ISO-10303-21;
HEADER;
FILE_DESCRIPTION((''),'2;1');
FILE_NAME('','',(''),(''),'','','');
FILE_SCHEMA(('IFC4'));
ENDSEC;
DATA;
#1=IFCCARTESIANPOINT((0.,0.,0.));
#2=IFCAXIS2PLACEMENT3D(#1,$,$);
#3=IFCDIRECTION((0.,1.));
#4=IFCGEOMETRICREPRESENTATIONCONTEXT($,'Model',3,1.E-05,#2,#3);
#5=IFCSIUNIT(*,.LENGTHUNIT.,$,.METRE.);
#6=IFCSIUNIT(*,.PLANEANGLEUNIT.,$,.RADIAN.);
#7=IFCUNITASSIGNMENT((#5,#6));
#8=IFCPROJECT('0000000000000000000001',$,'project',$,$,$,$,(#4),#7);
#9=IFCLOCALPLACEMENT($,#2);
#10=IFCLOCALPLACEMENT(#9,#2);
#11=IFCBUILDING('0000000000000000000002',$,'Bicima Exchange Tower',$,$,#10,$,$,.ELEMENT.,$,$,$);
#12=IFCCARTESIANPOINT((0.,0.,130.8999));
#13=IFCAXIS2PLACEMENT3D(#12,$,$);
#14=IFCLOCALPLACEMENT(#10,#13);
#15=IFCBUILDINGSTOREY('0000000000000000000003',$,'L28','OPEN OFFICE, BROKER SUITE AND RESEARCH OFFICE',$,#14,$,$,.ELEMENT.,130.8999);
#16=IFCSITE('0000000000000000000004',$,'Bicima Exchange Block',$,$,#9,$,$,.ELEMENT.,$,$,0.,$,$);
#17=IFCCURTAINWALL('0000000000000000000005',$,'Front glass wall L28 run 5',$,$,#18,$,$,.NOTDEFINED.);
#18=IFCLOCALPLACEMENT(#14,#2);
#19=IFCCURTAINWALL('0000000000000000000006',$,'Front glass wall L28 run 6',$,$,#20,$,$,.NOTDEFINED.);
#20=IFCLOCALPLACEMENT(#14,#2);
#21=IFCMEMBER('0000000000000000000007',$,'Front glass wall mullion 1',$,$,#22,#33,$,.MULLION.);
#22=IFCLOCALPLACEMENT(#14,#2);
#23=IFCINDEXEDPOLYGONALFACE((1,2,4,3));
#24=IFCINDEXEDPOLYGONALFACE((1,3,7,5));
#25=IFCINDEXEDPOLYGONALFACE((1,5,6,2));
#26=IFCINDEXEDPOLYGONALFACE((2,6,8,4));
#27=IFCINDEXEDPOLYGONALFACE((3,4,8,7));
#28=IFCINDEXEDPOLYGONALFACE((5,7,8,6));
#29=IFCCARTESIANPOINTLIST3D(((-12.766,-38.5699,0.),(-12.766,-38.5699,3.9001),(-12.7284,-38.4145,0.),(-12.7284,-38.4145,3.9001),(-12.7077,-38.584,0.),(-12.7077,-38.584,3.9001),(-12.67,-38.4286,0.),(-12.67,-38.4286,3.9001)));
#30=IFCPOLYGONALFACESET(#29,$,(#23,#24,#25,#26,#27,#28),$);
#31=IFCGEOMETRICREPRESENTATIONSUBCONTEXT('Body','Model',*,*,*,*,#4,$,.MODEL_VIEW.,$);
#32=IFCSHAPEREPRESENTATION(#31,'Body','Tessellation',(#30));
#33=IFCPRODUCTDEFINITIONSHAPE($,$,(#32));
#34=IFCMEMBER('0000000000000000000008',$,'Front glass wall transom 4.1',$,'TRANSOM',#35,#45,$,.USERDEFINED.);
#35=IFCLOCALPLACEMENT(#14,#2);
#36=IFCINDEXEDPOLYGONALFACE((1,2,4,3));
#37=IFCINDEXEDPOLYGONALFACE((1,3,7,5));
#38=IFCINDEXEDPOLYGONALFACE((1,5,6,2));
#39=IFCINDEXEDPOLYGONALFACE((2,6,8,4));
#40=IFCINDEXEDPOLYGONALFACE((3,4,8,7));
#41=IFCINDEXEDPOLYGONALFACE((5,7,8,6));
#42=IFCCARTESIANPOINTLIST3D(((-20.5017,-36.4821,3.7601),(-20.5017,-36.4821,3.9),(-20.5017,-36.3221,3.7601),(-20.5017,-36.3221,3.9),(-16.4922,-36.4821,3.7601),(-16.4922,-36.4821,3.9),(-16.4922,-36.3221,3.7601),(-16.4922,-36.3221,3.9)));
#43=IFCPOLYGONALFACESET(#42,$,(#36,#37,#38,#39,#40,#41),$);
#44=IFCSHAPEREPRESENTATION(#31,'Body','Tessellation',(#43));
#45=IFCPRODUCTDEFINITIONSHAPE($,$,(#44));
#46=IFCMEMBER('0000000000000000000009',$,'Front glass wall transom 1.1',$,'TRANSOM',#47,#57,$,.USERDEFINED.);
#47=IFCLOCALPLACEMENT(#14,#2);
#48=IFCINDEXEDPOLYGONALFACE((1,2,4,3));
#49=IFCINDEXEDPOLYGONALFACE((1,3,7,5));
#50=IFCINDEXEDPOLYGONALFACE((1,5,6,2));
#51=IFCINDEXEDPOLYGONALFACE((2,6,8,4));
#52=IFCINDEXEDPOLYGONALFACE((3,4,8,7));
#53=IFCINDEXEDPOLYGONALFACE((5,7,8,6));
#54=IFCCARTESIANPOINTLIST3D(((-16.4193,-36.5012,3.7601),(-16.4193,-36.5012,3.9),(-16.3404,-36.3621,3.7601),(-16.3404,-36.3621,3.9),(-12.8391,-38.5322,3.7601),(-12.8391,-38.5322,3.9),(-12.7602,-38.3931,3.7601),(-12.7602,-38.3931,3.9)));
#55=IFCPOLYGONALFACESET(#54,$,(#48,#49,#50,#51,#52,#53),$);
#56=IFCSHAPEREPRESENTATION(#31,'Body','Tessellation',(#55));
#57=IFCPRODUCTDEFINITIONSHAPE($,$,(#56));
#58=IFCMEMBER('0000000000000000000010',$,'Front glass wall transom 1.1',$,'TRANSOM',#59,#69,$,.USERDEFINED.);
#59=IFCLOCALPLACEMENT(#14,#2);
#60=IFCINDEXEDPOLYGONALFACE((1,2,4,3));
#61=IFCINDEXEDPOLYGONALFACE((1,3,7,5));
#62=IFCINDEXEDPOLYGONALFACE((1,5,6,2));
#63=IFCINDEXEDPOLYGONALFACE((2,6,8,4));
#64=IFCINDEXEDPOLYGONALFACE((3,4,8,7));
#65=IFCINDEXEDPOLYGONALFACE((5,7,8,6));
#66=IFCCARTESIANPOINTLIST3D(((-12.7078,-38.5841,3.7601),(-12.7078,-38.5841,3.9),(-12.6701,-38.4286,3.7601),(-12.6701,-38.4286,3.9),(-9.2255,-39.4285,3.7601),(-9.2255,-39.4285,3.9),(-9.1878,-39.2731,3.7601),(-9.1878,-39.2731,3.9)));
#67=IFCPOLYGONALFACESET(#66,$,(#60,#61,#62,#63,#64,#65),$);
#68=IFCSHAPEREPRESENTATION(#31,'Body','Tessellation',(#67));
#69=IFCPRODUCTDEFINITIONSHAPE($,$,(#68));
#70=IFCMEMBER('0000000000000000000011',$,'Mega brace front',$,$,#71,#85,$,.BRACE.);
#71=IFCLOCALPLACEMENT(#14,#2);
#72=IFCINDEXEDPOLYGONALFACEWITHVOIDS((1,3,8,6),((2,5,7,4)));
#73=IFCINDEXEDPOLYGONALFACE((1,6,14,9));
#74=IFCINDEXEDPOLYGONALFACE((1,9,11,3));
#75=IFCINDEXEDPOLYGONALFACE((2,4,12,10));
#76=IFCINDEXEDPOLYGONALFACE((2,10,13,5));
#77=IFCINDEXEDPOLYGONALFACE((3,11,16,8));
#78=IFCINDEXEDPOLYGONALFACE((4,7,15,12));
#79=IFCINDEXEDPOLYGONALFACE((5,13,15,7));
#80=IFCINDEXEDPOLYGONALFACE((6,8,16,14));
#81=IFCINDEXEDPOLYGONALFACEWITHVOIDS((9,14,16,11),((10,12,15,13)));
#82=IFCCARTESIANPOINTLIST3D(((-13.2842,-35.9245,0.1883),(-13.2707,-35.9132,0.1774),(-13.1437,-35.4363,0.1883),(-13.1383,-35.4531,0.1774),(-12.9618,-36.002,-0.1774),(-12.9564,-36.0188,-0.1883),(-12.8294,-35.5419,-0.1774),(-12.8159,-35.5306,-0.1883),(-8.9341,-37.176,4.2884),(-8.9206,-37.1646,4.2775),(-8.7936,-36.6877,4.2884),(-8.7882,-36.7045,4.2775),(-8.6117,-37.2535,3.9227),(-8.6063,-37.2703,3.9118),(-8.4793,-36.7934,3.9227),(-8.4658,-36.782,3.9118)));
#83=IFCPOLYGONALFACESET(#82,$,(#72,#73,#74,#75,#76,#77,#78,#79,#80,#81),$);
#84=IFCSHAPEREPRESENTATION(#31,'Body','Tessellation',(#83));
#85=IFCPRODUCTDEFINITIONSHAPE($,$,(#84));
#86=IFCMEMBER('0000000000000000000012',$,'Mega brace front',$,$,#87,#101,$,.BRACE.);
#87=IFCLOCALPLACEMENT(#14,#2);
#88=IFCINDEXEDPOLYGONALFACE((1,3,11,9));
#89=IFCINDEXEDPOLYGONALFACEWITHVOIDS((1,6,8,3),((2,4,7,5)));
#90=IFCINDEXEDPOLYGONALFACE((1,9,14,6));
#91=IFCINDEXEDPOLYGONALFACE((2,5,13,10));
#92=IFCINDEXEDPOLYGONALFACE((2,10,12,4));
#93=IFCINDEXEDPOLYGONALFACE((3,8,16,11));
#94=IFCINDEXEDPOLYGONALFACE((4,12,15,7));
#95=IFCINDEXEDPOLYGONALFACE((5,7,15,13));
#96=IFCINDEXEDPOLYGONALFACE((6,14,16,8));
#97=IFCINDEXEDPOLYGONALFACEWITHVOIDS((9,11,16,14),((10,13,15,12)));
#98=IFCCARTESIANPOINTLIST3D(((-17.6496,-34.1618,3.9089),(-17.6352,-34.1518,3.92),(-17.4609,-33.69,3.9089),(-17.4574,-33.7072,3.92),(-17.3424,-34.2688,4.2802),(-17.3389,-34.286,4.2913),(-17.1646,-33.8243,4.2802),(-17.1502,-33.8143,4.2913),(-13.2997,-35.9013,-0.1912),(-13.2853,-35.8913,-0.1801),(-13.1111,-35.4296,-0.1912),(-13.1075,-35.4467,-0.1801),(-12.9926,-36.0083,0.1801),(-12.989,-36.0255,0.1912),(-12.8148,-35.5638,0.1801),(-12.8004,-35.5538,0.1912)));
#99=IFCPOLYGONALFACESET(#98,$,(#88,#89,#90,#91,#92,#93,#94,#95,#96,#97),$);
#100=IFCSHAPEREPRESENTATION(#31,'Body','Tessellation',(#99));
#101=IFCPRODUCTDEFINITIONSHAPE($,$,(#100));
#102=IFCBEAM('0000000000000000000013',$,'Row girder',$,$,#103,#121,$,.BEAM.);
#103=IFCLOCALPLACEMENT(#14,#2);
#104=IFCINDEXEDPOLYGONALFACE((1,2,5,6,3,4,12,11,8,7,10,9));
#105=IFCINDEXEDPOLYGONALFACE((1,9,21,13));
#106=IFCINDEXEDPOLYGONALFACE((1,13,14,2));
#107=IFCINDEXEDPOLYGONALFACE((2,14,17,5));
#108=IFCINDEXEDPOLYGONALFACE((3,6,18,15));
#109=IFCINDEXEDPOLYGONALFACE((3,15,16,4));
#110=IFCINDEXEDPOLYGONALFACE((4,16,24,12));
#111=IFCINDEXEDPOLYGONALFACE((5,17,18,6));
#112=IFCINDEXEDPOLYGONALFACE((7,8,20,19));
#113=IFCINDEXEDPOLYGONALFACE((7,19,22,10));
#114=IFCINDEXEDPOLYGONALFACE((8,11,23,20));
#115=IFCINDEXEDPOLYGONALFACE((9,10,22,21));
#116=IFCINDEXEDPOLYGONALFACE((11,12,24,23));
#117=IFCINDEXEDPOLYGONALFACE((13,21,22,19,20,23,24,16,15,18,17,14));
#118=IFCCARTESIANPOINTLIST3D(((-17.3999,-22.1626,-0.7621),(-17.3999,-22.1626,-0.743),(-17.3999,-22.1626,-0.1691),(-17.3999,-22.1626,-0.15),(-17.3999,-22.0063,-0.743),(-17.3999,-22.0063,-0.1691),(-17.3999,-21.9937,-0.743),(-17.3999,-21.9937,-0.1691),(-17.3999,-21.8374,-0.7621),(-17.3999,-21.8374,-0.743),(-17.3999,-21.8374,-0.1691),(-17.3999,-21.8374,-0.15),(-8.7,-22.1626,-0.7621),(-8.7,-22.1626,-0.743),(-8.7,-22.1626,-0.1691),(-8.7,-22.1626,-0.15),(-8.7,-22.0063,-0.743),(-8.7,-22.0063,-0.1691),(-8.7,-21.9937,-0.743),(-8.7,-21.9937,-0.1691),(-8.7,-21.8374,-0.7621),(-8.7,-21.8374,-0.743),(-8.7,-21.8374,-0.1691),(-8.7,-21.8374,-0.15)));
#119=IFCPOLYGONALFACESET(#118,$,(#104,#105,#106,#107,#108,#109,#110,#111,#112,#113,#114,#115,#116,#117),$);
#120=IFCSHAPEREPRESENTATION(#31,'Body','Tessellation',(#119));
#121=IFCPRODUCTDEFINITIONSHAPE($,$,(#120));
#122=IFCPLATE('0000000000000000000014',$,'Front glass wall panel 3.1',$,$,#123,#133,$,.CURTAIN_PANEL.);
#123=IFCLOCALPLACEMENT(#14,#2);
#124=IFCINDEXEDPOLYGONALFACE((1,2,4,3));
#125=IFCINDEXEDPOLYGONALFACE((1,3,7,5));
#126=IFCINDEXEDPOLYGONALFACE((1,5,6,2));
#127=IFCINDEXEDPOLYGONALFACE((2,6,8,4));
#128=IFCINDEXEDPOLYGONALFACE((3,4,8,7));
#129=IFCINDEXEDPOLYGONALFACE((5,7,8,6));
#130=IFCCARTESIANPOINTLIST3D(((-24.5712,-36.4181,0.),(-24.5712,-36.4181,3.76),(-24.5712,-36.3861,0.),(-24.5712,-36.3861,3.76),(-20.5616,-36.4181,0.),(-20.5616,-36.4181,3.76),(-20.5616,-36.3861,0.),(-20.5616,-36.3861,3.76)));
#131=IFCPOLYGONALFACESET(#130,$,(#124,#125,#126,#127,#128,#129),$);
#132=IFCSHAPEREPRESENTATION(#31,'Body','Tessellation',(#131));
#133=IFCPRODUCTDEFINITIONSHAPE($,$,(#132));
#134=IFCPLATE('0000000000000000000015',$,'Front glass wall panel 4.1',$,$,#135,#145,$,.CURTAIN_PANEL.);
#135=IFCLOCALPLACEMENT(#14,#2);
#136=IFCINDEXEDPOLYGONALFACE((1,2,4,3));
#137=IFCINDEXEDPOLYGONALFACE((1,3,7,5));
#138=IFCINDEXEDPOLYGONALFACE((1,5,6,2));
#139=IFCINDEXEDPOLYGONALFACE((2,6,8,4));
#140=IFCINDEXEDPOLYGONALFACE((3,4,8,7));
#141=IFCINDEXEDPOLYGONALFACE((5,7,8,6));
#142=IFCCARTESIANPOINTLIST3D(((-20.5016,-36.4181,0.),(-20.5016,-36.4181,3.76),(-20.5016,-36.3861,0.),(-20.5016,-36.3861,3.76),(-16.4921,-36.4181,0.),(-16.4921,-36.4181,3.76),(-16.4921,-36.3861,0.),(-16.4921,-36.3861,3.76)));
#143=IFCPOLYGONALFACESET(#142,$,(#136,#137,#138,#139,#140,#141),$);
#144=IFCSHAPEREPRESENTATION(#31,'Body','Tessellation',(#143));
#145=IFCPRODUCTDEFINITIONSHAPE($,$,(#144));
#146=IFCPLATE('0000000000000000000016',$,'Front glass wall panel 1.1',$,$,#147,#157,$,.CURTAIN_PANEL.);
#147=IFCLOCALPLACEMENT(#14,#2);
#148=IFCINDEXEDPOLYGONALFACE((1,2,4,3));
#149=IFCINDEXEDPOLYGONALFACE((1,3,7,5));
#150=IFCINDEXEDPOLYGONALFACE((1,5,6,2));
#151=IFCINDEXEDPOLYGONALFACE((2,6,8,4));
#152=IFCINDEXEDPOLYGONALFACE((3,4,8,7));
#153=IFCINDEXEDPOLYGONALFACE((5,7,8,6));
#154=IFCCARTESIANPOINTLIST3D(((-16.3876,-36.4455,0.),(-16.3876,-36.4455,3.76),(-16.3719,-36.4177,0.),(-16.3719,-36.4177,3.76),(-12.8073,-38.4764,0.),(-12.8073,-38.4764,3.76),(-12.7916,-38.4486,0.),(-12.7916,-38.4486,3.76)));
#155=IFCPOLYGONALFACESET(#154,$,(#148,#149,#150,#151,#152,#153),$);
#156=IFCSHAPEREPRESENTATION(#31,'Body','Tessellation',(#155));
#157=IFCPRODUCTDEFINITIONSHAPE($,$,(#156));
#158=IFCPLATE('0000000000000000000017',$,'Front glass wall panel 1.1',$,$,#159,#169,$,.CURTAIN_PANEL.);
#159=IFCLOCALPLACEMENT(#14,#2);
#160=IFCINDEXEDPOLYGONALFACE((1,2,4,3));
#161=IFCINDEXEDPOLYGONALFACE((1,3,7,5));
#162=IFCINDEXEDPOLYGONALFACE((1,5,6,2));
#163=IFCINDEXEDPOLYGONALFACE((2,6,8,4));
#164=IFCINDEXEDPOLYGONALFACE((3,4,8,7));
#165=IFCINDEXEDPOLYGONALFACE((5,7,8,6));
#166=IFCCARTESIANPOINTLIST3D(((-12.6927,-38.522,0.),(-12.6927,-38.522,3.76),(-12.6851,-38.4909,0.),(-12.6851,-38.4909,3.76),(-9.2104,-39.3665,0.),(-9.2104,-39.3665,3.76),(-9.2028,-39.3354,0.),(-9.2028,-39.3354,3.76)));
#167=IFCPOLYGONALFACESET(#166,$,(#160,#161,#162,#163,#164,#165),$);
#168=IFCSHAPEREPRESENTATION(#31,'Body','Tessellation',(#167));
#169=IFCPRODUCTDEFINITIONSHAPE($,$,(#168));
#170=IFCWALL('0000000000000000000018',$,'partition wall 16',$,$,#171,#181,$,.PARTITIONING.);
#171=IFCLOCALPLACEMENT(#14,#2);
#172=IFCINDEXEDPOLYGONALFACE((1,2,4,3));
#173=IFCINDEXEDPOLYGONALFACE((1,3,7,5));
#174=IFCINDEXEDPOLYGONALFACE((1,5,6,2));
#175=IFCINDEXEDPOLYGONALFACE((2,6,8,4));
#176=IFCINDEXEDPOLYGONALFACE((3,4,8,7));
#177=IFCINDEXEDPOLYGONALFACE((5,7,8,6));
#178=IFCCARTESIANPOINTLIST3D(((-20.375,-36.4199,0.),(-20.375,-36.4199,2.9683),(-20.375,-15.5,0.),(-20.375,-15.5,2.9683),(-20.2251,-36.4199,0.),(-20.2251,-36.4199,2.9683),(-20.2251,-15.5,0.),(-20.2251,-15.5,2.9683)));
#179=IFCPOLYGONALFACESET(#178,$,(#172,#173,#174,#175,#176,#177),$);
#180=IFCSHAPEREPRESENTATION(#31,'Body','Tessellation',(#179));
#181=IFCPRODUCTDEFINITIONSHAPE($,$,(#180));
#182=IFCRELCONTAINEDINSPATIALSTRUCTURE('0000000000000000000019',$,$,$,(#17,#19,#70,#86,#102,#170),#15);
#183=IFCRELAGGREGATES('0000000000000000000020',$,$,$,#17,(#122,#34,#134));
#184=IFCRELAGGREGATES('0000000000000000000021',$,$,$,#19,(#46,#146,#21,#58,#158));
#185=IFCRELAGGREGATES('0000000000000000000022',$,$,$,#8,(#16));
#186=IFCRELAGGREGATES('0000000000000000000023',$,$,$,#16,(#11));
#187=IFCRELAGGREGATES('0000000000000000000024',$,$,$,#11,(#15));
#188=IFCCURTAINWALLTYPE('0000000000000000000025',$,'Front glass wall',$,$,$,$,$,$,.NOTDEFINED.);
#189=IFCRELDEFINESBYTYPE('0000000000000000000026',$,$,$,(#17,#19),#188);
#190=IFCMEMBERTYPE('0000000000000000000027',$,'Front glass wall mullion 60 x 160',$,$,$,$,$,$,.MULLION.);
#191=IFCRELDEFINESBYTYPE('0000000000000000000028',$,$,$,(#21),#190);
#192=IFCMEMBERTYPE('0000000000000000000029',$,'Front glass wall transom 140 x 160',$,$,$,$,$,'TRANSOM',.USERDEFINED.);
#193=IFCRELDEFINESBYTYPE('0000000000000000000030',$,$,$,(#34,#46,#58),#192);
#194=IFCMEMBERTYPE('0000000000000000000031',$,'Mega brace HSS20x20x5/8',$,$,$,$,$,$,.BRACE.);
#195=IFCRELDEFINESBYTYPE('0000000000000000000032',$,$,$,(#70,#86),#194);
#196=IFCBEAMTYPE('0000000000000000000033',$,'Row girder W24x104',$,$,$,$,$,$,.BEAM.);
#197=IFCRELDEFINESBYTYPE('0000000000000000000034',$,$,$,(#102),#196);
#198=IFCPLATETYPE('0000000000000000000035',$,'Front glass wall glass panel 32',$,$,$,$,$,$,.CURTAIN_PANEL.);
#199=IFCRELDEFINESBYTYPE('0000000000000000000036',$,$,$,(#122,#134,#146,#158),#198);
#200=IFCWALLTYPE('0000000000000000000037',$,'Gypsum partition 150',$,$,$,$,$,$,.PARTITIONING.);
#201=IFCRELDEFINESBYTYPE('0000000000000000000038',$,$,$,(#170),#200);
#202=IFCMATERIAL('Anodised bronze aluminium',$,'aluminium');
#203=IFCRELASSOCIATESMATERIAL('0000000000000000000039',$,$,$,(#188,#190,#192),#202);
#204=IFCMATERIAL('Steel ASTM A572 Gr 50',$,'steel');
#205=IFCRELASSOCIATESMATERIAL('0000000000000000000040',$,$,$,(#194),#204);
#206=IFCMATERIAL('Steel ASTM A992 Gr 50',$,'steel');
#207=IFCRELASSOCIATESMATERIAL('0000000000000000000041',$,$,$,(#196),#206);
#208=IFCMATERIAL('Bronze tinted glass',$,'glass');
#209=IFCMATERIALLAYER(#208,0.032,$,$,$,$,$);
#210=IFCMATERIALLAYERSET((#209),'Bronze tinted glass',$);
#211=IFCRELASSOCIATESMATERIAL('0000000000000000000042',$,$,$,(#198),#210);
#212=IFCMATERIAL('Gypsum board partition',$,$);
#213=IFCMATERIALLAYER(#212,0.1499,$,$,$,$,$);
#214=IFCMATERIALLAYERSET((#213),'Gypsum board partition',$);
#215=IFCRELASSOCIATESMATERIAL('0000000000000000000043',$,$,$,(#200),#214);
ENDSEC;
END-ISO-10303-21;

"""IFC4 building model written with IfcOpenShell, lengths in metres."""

from ifc_helpers import new_model, si_unit, direction, frame, frame_2d, origin, origin_2d, place, context, subcontext, project, spatial, rectangle, hollow_rectangle, i_section, extrude, material, layer, layer_set, material_profile, profile_set, type_object, element, aggregate, save


model = new_model("IFC4")

# Units and contexts
model_context = context("Model", 3, precision=1e-05, world=origin(), true_north=direction((0.0, 1.0)))
body_context = subcontext(model_context, "Body", "Model", "MODEL_VIEW")
ifc_project = project(units=[si_unit("LENGTHUNIT", "METRE"), si_unit("PLANEANGLEUNIT", "RADIAN")], contexts=[model_context])

# Site, building, storey
site_placement = place(None, origin())
site = spatial("IfcSite", under=ifc_project, at=site_placement, Name="Bicima Exchange Block", CompositionType="ELEMENT", RefElevation=0.0)
building_placement = place(site_placement, origin())
building = spatial("IfcBuilding", under=site, at=building_placement, Name="Bicima Exchange Tower", CompositionType="ELEMENT")
storey_placement = place(building_placement, frame((0.0, 0.0, 130.8999)))
storey = spatial("IfcBuildingStorey", under=building, at=storey_placement, Name="L28", Description="OPEN OFFICE, BROKER SUITE AND RESEARCH OFFICE", CompositionType="ELEMENT", Elevation=130.8999)

# Shared definitions
ifc_material_1 = material(Name="Steel ASTM A992 Gr 50", Category="steel")

# Curtain walls, member
ifc_material_2 = material(Name="Anodised bronze aluminium", Category="aluminium")
curtain_wall_type = type_object("IfcCurtainWallType", Name="Front glass wall", PredefinedType="NOTDEFINED", material=ifc_material_2)
curtain_wall_1_placement = place(storey_placement, origin())
curtain_wall_1 = element("IfcCurtainWall", 1, at=curtain_wall_1_placement, inside=storey, type_object=curtain_wall_type, Name="Front glass wall L28 run 5", PredefinedType="NOTDEFINED")
ifc_material_profile_1 = material_profile(ifc_material_2, rectangle(XDim=0.1599, YDim=0.0601, at=origin_2d()))
ifc_profile_set_1 = profile_set([ifc_material_profile_1], Name="Anodised bronze aluminium")
member_type_1 = type_object("IfcMemberType", Name="Front glass wall mullion 60 x 160", PredefinedType="MULLION", material=ifc_profile_set_1)
curtain_wall_2_placement = place(storey_placement, origin())
curtain_wall_2 = element("IfcCurtainWall", 2, at=curtain_wall_2_placement, inside=storey, type_object=curtain_wall_type, Name="Front glass wall L28 run 6", PredefinedType="NOTDEFINED")
member_1_placement = place(storey_placement, frame((-12.718, -38.4993, 0.0), z_axis=(0.0, 0.0, 1.0), x_axis=(0.235682, 0.97183, 0.0)))
member_1 = element("IfcMember", 3, at=member_1_placement, type_object=member_type_1, Name="Front glass wall mullion 1", PredefinedType="MULLION", context=body_context, shape_type="SweptSolid", body=[
    extrude(rectangle(XDim=0.1599, YDim=0.0601, at=origin_2d()), origin(), (0.0, 0.0, 1.0), 3.9001),
])

# Members
ifc_material_profile_2 = material_profile(ifc_material_2, rectangle(XDim=0.1599, YDim=0.1399, at=origin_2d()))
ifc_profile_set_2 = profile_set([ifc_material_profile_2], Name="Anodised bronze aluminium")
member_type_2 = type_object("IfcMemberType", Name="Front glass wall transom 140 x 160", ElementType="TRANSOM", PredefinedType="USERDEFINED", material=ifc_profile_set_2)
member_2_placement = place(storey_placement, frame((-20.5017, -36.4021, 3.8301), z_axis=(1.0, 0.0, 0.0), x_axis=(0.0, 1.0, 0.0)))
member_2 = element("IfcMember", 4, at=member_2_placement, type_object=member_type_2, Name="Front glass wall transom 4.1", ObjectType="TRANSOM", PredefinedType="USERDEFINED", context=body_context, shape_type="SweptSolid", body=[
    extrude(rectangle(XDim=0.1599, YDim=0.1399, at=origin_2d()), origin(), (0.0, 0.0, 1.0), 4.0095),
])
member_3_placement = place(storey_placement, frame((-16.3799, -36.4316, 3.8301), z_axis=(0.869797, -0.493409, 0.0), x_axis=(0.493409, 0.869797, 0.0)))
member_3 = element("IfcMember", 5, at=member_3_placement, type_object=member_type_2, Name="Front glass wall transom 1.1", ObjectType="TRANSOM", PredefinedType="USERDEFINED", context=body_context, shape_type="SweptSolid", body=[
    extrude(rectangle(XDim=0.1599, YDim=0.1399, at=origin_2d()), origin(), (0.0, 0.0, 1.0), 4.1162),
])
member_4_placement = place(storey_placement, frame((-12.689, -38.5063, 3.8301), z_axis=(0.971834, -0.235668, 0.0), x_axis=(0.235668, 0.971834, 0.0)))
member_4 = element("IfcMember", 6, at=member_4_placement, type_object=member_type_2, Name="Front glass wall transom 1.1", ObjectType="TRANSOM", PredefinedType="USERDEFINED", context=body_context, shape_type="SweptSolid", body=[
    extrude(rectangle(XDim=0.1599, YDim=0.1399, at=origin_2d()), origin(), (0.0, 0.0, 1.0), 3.5833),
])

# Members
ifc_material_3 = material(Name="Steel ASTM A572 Gr 50", Category="steel")
ifc_material_profile_3 = material_profile(ifc_material_3, hollow_rectangle(XDim=0.5081, YDim=0.5081, WallThickness=0.0146, at=origin_2d()))
ifc_profile_set_3 = profile_set([ifc_material_profile_3], Name="Steel ASTM A572 Gr 50")
member_type_3 = type_object("IfcMemberType", Name="Mega brace HSS20x20x5/8", PredefinedType="BRACE", material=ifc_profile_set_3)
member_5_placement = place(storey_placement, frame((-13.05, -35.7275, 0.0), z_axis=(0.712267, -0.20491, 0.671333), x_axis=(0.276473, 0.961022, 0.0)))
element("IfcMember", 7, at=member_5_placement, inside=storey, type_object=member_type_3, Name="Mega brace front", PredefinedType="BRACE", context=body_context, shape_type="SweptSolid", body=[
    extrude(hollow_rectangle(XDim=0.5081, YDim=0.5081, WallThickness=0.0146, at=origin_2d()), origin(), (0.0, 0.0, 1.0), 6.1074),
])
member_6_placement = place(storey_placement, frame((-13.05, -35.7275, 0.0), z_axis=(-0.698706, 0.279412, 0.658588), x_axis=(-0.37131, -0.928509, 0.0)))
element("IfcMember", 8, at=member_6_placement, inside=storey, type_object=member_type_3, Name="Mega brace front", PredefinedType="BRACE", context=body_context, shape_type="SweptSolid", body=[
    extrude(hollow_rectangle(XDim=0.5081, YDim=0.5081, WallThickness=0.0146, at=origin_2d()), origin(), (0.0, 0.0, 1.0), 6.2256),
])

# Beam
ifc_material_profile_4 = material_profile(ifc_material_1, i_section(OverallWidth=0.3252, OverallDepth=0.6121, WebThickness=0.0127, FlangeThickness=0.019, at=origin_2d()))
ifc_profile_set_4 = profile_set([ifc_material_profile_4], Name="Steel ASTM A992 Gr 50")
beam_type_1 = type_object("IfcBeamType", Name="Row girder W24x104", PredefinedType="BEAM", material=ifc_profile_set_4)
beam_1_placement = place(storey_placement, frame((-17.3999, -22.0, -0.4561), z_axis=(1.0, 0.0, 0.0), x_axis=(0.0, 1.0, 0.0)))
element("IfcBeam", 9, at=beam_1_placement, inside=storey, type_object=beam_type_1, Name="Row girder", PredefinedType="BEAM", context=body_context, shape_type="SweptSolid", body=[
    extrude(i_section(OverallWidth=0.3252, OverallDepth=0.6121, WebThickness=0.0127, FlangeThickness=0.019, at=origin_2d()), origin(), (0.0, 0.0, 1.0), 8.7),
])

# Plates
ifc_material_4 = material(Name="Bronze tinted glass", Category="glass")
ifc_layer_1 = layer(ifc_material_4, 0.032)
ifc_layer_set_1 = layer_set([ifc_layer_1], Name="Bronze tinted glass")
plate_type = type_object("IfcPlateType", Name="Front glass wall glass panel 32", PredefinedType="CURTAIN_PANEL", material=ifc_layer_set_1)
plate_1_placement = place(storey_placement, frame((-22.5664, -36.4021, 0.0), z_axis=(0.0, 0.0, 1.0), x_axis=(1.0, 0.0, 0.0)))
plate_1 = element("IfcPlate", 10, at=plate_1_placement, type_object=plate_type, Name="Front glass wall panel 3.1", PredefinedType="CURTAIN_PANEL", context=body_context, shape_type="SweptSolid", body=[
    extrude(rectangle(XDim=4.0095, YDim=0.032, at=origin_2d()), origin(), (0.0, 0.0, 1.0), 3.76),
])
plate_2_placement = place(storey_placement, frame((-18.4968, -36.4021, 0.0), z_axis=(0.0, 0.0, 1.0), x_axis=(1.0, 0.0, 0.0)))
plate_2 = element("IfcPlate", 11, at=plate_2_placement, type_object=plate_type, Name="Front glass wall panel 4.1", PredefinedType="CURTAIN_PANEL", context=body_context, shape_type="SweptSolid", body=[
    extrude(rectangle(XDim=4.0095, YDim=0.032, at=origin_2d()), origin(), (0.0, 0.0, 1.0), 3.76),
])
aggregate(curtain_wall_1, [plate_1, member_2, plate_2])
plate_3_placement = place(storey_placement, frame((-14.5896, -37.447, 0.0), z_axis=(0.0, 0.0, 1.0), x_axis=(0.869805, -0.493395, 0.0)))
plate_3 = element("IfcPlate", 12, at=plate_3_placement, type_object=plate_type, Name="Front glass wall panel 1.1", PredefinedType="CURTAIN_PANEL", context=body_context, shape_type="SweptSolid", body=[
    extrude(rectangle(XDim=4.1162, YDim=0.032, at=origin_2d()), origin(), (0.0, 0.0, 1.0), 3.76),
])
plate_4_placement = place(storey_placement, frame((-10.9478, -38.9287, 0.0), z_axis=(0.0, 0.0, 1.0), x_axis=(0.97183, -0.235682, 0.0)))
plate_4 = element("IfcPlate", 13, at=plate_4_placement, type_object=plate_type, Name="Front glass wall panel 1.1", PredefinedType="CURTAIN_PANEL", context=body_context, shape_type="SweptSolid", body=[
    extrude(rectangle(XDim=3.5833, YDim=0.032, at=origin_2d()), origin(), (0.0, 0.0, 1.0), 3.76),
])
aggregate(curtain_wall_2, [member_3, plate_3, member_1, member_4, plate_4])

# Wall
ifc_material_5 = material(Name="Gypsum board partition")
ifc_layer_2 = layer(ifc_material_5, 0.1499)
ifc_layer_set_2 = layer_set([ifc_layer_2], Name="Gypsum board partition")
wall_type = type_object("IfcWallType", Name="Gypsum partition 150", PredefinedType="PARTITIONING", material=ifc_layer_set_2)
wall_1_placement = place(storey_placement, frame((-20.3, -36.4199, 0.0), z_axis=(0.0, 0.0, 1.0), x_axis=(0.0, 1.0, 0.0)))
element("IfcWall", 14, at=wall_1_placement, inside=storey, type_object=wall_type, Name="partition wall 16", PredefinedType="PARTITIONING", context=body_context, shape_type="SweptSolid", body=[
    extrude(rectangle(XDim=20.9199, YDim=0.1499, at=frame_2d((10.46, 0.0))), origin(), (0.0, 0.0, 1.0), 2.9683),
])

save(model, "model.ifc")
